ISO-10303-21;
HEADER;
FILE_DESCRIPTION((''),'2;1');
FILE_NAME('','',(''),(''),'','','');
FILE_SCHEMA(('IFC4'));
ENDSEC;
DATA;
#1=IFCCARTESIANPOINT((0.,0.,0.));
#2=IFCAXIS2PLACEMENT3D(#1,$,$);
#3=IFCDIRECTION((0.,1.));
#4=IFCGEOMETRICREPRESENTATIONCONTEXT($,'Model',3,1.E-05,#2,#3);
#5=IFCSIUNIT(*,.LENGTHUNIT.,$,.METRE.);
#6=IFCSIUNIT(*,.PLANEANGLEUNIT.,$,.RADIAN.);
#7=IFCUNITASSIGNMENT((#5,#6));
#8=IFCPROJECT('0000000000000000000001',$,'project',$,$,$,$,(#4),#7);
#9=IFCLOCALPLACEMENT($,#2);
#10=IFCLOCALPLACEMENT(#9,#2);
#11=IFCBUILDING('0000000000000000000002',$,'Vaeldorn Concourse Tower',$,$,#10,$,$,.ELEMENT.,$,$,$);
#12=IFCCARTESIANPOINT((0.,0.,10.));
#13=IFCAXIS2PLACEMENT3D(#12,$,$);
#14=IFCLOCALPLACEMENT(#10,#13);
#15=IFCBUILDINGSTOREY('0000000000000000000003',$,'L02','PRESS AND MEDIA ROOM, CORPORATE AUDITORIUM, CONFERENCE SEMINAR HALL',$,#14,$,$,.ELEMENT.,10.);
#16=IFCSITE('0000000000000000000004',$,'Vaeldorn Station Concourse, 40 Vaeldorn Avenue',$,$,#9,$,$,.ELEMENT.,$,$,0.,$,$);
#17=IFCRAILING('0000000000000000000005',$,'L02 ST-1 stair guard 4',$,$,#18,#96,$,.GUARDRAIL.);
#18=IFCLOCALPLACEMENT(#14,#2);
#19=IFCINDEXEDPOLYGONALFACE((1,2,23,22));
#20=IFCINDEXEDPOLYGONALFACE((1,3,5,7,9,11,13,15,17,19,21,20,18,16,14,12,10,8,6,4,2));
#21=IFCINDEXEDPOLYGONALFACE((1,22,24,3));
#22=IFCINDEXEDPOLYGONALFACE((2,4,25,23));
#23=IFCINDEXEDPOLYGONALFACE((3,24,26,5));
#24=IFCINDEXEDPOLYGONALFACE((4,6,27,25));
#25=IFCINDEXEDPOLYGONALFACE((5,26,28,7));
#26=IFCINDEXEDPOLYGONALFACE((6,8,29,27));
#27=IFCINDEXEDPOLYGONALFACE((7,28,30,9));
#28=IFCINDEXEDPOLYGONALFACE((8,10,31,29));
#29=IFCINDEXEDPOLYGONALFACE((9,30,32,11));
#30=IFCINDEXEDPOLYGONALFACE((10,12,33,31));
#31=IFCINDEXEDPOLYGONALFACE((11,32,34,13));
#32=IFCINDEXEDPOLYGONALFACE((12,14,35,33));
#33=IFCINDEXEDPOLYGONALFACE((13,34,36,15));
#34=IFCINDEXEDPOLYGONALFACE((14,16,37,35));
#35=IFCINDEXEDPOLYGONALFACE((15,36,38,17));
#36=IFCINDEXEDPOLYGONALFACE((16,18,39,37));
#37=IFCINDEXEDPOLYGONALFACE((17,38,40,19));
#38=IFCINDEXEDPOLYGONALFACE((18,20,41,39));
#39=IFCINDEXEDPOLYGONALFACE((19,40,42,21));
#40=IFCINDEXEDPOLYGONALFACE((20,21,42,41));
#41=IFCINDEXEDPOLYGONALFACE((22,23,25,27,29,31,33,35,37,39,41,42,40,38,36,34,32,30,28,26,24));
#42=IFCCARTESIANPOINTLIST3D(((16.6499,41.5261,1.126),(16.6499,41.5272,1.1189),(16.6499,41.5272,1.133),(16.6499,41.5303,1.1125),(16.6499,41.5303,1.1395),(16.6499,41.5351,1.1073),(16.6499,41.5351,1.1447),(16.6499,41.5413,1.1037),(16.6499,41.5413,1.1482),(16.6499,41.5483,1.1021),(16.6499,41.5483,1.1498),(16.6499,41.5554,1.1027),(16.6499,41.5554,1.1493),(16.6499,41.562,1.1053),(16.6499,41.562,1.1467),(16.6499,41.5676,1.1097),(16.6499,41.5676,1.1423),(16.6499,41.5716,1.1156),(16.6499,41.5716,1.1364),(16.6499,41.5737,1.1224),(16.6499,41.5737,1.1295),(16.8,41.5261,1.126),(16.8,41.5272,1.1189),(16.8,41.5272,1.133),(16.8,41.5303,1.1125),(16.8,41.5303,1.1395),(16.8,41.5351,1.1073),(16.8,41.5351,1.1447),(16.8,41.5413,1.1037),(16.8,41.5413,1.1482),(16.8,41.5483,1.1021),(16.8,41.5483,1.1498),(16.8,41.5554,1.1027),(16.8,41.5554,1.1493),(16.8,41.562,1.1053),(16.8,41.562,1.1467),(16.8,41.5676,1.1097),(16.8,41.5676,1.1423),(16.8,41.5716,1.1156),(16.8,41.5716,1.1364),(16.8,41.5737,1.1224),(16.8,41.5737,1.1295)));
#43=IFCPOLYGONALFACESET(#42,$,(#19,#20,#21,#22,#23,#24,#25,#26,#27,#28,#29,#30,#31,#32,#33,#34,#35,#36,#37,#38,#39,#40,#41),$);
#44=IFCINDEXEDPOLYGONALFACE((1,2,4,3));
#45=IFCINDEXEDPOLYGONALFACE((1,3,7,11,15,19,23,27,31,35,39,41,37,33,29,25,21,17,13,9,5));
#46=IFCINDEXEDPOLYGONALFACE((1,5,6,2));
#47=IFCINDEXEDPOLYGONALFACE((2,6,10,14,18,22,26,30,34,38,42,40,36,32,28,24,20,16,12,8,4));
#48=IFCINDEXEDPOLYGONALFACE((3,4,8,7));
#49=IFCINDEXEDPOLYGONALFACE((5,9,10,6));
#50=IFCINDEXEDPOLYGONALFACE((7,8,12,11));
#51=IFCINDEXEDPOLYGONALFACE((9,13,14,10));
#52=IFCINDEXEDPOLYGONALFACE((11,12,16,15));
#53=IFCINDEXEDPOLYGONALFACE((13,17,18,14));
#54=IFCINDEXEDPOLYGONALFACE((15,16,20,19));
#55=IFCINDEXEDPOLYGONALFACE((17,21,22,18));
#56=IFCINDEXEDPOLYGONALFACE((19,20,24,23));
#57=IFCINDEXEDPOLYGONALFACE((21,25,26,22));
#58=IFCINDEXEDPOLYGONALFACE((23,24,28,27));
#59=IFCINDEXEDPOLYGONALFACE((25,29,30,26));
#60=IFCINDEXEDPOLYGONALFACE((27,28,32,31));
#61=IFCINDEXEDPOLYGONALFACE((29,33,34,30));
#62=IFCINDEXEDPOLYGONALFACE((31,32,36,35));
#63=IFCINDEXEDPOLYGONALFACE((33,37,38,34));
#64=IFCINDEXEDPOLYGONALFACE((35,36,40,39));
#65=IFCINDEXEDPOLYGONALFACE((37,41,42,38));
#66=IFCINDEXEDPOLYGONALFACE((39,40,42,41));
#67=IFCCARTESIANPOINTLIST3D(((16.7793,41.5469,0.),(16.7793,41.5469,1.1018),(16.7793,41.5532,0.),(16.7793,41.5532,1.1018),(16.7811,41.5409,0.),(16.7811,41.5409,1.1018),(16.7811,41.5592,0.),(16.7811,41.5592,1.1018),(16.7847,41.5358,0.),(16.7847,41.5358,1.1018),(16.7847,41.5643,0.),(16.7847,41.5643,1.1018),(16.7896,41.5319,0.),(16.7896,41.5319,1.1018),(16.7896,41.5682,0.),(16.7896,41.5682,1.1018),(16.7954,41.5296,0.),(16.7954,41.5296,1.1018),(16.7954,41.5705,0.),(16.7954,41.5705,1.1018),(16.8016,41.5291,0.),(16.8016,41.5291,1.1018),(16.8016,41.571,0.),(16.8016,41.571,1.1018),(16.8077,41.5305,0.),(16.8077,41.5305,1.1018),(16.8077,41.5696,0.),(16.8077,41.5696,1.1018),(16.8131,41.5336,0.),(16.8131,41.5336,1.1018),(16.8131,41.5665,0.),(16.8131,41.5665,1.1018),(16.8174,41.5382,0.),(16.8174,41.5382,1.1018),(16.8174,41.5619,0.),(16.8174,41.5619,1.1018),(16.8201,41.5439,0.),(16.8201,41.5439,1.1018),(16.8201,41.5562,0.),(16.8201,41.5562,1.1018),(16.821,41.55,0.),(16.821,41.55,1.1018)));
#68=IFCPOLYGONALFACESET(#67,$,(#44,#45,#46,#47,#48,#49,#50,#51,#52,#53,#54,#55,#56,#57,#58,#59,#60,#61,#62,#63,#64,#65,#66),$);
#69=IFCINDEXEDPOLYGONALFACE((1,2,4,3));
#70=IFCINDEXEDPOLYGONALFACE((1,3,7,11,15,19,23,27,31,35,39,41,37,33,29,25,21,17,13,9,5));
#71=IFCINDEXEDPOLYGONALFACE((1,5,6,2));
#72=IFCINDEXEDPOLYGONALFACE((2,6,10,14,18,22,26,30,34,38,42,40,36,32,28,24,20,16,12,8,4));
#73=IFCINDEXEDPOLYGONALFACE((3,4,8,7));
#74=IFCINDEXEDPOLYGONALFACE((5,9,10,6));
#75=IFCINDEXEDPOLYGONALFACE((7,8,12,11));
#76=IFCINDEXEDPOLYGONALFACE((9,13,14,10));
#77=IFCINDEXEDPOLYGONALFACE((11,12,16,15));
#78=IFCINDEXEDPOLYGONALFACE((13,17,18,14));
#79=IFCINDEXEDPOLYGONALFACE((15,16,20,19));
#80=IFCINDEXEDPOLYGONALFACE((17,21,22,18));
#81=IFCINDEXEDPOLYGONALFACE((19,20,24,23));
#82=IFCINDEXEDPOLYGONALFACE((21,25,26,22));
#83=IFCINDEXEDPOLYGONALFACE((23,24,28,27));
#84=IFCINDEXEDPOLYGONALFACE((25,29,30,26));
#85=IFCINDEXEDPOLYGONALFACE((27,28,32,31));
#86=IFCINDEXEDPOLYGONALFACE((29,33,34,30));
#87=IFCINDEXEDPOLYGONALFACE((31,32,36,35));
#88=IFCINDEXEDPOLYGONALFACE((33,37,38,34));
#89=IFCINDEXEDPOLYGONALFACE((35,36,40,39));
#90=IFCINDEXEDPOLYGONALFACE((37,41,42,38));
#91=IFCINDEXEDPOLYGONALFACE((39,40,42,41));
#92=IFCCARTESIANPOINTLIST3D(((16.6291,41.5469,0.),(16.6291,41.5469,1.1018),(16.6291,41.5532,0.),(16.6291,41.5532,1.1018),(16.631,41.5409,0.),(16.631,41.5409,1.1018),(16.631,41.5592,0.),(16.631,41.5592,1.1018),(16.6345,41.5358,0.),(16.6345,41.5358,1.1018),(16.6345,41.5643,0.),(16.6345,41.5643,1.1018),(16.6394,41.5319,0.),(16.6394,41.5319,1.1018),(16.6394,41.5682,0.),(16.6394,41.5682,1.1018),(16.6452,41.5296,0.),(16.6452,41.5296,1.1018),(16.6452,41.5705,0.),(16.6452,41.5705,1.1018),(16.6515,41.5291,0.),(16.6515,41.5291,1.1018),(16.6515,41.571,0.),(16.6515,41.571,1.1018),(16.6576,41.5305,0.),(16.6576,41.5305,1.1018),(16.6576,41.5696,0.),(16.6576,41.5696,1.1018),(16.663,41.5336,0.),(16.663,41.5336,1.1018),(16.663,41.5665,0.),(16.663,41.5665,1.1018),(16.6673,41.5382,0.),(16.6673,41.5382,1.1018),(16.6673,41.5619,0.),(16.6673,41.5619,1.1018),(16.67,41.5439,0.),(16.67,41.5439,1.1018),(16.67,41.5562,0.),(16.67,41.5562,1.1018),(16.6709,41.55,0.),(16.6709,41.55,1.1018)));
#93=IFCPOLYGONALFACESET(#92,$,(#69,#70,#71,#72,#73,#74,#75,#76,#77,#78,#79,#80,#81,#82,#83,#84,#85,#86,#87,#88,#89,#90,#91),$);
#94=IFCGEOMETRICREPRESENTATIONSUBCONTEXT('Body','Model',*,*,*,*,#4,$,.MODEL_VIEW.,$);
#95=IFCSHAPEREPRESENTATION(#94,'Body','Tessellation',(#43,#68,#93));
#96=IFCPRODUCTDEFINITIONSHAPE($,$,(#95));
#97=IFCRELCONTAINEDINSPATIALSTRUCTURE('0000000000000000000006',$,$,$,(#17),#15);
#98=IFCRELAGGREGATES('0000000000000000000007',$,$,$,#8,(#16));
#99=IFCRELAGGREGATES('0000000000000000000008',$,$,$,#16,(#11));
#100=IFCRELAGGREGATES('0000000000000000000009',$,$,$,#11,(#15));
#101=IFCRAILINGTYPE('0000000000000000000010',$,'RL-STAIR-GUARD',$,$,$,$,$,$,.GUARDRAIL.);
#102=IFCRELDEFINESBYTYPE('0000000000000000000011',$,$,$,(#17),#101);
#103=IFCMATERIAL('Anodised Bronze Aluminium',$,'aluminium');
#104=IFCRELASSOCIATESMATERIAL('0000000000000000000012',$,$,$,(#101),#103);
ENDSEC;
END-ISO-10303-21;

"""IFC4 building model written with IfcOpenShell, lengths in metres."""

from ifc_helpers import new_model, si_unit, direction, frame, origin, origin_2d, place, context, subcontext, project, spatial, circle, extrude, material, type_object, element, save


model = new_model("IFC4")

# Units and contexts
model_context = context("Model", 3, precision=1e-05, world=origin(), true_north=direction((0.0, 1.0)))
body_context = subcontext(model_context, "Body", "Model", "MODEL_VIEW")
ifc_project = project(units=[si_unit("LENGTHUNIT", "METRE"), si_unit("PLANEANGLEUNIT", "RADIAN")], contexts=[model_context])

# Site, building, storey
site_placement = place(None, origin())
site = spatial("IfcSite", under=ifc_project, at=site_placement, Name="Vaeldorn Station Concourse, 40 Vaeldorn Avenue", CompositionType="ELEMENT", RefElevation=0.0)
building_placement = place(site_placement, origin())
building = spatial("IfcBuilding", under=site, at=building_placement, Name="Vaeldorn Concourse Tower", CompositionType="ELEMENT")
storey_placement = place(building_placement, frame((0.0, 0.0, 10.0)))
storey = spatial("IfcBuildingStorey", under=building, at=storey_placement, Name="L02", Description="PRESS AND MEDIA ROOM, CORPORATE AUDITORIUM, CONFERENCE SEMINAR HALL", CompositionType="ELEMENT", Elevation=10.0)

# Shared definitions
ifc_material_1 = material(Name="Anodised Bronze Aluminium", Category="aluminium")

# Railing
railing_type_1 = type_object("IfcRailingType", Name="RL-STAIR-GUARD", PredefinedType="GUARDRAIL", material=ifc_material_1)
railing_1_placement = place(storey_placement, frame((16.8, 41.55, 0.0)))
element("IfcRailing", 1, at=railing_1_placement, inside=storey, type_object=railing_type_1, Name="L02 ST-1 stair guard 4", PredefinedType="GUARDRAIL", context=body_context, shape_type="SweptSolid", body=[
    extrude(circle(Radius=0.0239, at=origin_2d()), frame((0.0, 0.0, 1.126), z_axis=(-1.0, 0.0, 0.0), x_axis=(0.0, -1.0, 0.0)), (0.0, 0.0, 1.0), 0.1501),
    extrude(circle(Radius=0.021, at=origin_2d()), origin(), (0.0, 0.0, 1.0), 1.1018),
    extrude(circle(Radius=0.021, at=origin_2d()), frame((-0.1501, 0.0, 0.0)), (0.0, 0.0, 1.0), 1.1018),
])

save(model, "model.ifc")
